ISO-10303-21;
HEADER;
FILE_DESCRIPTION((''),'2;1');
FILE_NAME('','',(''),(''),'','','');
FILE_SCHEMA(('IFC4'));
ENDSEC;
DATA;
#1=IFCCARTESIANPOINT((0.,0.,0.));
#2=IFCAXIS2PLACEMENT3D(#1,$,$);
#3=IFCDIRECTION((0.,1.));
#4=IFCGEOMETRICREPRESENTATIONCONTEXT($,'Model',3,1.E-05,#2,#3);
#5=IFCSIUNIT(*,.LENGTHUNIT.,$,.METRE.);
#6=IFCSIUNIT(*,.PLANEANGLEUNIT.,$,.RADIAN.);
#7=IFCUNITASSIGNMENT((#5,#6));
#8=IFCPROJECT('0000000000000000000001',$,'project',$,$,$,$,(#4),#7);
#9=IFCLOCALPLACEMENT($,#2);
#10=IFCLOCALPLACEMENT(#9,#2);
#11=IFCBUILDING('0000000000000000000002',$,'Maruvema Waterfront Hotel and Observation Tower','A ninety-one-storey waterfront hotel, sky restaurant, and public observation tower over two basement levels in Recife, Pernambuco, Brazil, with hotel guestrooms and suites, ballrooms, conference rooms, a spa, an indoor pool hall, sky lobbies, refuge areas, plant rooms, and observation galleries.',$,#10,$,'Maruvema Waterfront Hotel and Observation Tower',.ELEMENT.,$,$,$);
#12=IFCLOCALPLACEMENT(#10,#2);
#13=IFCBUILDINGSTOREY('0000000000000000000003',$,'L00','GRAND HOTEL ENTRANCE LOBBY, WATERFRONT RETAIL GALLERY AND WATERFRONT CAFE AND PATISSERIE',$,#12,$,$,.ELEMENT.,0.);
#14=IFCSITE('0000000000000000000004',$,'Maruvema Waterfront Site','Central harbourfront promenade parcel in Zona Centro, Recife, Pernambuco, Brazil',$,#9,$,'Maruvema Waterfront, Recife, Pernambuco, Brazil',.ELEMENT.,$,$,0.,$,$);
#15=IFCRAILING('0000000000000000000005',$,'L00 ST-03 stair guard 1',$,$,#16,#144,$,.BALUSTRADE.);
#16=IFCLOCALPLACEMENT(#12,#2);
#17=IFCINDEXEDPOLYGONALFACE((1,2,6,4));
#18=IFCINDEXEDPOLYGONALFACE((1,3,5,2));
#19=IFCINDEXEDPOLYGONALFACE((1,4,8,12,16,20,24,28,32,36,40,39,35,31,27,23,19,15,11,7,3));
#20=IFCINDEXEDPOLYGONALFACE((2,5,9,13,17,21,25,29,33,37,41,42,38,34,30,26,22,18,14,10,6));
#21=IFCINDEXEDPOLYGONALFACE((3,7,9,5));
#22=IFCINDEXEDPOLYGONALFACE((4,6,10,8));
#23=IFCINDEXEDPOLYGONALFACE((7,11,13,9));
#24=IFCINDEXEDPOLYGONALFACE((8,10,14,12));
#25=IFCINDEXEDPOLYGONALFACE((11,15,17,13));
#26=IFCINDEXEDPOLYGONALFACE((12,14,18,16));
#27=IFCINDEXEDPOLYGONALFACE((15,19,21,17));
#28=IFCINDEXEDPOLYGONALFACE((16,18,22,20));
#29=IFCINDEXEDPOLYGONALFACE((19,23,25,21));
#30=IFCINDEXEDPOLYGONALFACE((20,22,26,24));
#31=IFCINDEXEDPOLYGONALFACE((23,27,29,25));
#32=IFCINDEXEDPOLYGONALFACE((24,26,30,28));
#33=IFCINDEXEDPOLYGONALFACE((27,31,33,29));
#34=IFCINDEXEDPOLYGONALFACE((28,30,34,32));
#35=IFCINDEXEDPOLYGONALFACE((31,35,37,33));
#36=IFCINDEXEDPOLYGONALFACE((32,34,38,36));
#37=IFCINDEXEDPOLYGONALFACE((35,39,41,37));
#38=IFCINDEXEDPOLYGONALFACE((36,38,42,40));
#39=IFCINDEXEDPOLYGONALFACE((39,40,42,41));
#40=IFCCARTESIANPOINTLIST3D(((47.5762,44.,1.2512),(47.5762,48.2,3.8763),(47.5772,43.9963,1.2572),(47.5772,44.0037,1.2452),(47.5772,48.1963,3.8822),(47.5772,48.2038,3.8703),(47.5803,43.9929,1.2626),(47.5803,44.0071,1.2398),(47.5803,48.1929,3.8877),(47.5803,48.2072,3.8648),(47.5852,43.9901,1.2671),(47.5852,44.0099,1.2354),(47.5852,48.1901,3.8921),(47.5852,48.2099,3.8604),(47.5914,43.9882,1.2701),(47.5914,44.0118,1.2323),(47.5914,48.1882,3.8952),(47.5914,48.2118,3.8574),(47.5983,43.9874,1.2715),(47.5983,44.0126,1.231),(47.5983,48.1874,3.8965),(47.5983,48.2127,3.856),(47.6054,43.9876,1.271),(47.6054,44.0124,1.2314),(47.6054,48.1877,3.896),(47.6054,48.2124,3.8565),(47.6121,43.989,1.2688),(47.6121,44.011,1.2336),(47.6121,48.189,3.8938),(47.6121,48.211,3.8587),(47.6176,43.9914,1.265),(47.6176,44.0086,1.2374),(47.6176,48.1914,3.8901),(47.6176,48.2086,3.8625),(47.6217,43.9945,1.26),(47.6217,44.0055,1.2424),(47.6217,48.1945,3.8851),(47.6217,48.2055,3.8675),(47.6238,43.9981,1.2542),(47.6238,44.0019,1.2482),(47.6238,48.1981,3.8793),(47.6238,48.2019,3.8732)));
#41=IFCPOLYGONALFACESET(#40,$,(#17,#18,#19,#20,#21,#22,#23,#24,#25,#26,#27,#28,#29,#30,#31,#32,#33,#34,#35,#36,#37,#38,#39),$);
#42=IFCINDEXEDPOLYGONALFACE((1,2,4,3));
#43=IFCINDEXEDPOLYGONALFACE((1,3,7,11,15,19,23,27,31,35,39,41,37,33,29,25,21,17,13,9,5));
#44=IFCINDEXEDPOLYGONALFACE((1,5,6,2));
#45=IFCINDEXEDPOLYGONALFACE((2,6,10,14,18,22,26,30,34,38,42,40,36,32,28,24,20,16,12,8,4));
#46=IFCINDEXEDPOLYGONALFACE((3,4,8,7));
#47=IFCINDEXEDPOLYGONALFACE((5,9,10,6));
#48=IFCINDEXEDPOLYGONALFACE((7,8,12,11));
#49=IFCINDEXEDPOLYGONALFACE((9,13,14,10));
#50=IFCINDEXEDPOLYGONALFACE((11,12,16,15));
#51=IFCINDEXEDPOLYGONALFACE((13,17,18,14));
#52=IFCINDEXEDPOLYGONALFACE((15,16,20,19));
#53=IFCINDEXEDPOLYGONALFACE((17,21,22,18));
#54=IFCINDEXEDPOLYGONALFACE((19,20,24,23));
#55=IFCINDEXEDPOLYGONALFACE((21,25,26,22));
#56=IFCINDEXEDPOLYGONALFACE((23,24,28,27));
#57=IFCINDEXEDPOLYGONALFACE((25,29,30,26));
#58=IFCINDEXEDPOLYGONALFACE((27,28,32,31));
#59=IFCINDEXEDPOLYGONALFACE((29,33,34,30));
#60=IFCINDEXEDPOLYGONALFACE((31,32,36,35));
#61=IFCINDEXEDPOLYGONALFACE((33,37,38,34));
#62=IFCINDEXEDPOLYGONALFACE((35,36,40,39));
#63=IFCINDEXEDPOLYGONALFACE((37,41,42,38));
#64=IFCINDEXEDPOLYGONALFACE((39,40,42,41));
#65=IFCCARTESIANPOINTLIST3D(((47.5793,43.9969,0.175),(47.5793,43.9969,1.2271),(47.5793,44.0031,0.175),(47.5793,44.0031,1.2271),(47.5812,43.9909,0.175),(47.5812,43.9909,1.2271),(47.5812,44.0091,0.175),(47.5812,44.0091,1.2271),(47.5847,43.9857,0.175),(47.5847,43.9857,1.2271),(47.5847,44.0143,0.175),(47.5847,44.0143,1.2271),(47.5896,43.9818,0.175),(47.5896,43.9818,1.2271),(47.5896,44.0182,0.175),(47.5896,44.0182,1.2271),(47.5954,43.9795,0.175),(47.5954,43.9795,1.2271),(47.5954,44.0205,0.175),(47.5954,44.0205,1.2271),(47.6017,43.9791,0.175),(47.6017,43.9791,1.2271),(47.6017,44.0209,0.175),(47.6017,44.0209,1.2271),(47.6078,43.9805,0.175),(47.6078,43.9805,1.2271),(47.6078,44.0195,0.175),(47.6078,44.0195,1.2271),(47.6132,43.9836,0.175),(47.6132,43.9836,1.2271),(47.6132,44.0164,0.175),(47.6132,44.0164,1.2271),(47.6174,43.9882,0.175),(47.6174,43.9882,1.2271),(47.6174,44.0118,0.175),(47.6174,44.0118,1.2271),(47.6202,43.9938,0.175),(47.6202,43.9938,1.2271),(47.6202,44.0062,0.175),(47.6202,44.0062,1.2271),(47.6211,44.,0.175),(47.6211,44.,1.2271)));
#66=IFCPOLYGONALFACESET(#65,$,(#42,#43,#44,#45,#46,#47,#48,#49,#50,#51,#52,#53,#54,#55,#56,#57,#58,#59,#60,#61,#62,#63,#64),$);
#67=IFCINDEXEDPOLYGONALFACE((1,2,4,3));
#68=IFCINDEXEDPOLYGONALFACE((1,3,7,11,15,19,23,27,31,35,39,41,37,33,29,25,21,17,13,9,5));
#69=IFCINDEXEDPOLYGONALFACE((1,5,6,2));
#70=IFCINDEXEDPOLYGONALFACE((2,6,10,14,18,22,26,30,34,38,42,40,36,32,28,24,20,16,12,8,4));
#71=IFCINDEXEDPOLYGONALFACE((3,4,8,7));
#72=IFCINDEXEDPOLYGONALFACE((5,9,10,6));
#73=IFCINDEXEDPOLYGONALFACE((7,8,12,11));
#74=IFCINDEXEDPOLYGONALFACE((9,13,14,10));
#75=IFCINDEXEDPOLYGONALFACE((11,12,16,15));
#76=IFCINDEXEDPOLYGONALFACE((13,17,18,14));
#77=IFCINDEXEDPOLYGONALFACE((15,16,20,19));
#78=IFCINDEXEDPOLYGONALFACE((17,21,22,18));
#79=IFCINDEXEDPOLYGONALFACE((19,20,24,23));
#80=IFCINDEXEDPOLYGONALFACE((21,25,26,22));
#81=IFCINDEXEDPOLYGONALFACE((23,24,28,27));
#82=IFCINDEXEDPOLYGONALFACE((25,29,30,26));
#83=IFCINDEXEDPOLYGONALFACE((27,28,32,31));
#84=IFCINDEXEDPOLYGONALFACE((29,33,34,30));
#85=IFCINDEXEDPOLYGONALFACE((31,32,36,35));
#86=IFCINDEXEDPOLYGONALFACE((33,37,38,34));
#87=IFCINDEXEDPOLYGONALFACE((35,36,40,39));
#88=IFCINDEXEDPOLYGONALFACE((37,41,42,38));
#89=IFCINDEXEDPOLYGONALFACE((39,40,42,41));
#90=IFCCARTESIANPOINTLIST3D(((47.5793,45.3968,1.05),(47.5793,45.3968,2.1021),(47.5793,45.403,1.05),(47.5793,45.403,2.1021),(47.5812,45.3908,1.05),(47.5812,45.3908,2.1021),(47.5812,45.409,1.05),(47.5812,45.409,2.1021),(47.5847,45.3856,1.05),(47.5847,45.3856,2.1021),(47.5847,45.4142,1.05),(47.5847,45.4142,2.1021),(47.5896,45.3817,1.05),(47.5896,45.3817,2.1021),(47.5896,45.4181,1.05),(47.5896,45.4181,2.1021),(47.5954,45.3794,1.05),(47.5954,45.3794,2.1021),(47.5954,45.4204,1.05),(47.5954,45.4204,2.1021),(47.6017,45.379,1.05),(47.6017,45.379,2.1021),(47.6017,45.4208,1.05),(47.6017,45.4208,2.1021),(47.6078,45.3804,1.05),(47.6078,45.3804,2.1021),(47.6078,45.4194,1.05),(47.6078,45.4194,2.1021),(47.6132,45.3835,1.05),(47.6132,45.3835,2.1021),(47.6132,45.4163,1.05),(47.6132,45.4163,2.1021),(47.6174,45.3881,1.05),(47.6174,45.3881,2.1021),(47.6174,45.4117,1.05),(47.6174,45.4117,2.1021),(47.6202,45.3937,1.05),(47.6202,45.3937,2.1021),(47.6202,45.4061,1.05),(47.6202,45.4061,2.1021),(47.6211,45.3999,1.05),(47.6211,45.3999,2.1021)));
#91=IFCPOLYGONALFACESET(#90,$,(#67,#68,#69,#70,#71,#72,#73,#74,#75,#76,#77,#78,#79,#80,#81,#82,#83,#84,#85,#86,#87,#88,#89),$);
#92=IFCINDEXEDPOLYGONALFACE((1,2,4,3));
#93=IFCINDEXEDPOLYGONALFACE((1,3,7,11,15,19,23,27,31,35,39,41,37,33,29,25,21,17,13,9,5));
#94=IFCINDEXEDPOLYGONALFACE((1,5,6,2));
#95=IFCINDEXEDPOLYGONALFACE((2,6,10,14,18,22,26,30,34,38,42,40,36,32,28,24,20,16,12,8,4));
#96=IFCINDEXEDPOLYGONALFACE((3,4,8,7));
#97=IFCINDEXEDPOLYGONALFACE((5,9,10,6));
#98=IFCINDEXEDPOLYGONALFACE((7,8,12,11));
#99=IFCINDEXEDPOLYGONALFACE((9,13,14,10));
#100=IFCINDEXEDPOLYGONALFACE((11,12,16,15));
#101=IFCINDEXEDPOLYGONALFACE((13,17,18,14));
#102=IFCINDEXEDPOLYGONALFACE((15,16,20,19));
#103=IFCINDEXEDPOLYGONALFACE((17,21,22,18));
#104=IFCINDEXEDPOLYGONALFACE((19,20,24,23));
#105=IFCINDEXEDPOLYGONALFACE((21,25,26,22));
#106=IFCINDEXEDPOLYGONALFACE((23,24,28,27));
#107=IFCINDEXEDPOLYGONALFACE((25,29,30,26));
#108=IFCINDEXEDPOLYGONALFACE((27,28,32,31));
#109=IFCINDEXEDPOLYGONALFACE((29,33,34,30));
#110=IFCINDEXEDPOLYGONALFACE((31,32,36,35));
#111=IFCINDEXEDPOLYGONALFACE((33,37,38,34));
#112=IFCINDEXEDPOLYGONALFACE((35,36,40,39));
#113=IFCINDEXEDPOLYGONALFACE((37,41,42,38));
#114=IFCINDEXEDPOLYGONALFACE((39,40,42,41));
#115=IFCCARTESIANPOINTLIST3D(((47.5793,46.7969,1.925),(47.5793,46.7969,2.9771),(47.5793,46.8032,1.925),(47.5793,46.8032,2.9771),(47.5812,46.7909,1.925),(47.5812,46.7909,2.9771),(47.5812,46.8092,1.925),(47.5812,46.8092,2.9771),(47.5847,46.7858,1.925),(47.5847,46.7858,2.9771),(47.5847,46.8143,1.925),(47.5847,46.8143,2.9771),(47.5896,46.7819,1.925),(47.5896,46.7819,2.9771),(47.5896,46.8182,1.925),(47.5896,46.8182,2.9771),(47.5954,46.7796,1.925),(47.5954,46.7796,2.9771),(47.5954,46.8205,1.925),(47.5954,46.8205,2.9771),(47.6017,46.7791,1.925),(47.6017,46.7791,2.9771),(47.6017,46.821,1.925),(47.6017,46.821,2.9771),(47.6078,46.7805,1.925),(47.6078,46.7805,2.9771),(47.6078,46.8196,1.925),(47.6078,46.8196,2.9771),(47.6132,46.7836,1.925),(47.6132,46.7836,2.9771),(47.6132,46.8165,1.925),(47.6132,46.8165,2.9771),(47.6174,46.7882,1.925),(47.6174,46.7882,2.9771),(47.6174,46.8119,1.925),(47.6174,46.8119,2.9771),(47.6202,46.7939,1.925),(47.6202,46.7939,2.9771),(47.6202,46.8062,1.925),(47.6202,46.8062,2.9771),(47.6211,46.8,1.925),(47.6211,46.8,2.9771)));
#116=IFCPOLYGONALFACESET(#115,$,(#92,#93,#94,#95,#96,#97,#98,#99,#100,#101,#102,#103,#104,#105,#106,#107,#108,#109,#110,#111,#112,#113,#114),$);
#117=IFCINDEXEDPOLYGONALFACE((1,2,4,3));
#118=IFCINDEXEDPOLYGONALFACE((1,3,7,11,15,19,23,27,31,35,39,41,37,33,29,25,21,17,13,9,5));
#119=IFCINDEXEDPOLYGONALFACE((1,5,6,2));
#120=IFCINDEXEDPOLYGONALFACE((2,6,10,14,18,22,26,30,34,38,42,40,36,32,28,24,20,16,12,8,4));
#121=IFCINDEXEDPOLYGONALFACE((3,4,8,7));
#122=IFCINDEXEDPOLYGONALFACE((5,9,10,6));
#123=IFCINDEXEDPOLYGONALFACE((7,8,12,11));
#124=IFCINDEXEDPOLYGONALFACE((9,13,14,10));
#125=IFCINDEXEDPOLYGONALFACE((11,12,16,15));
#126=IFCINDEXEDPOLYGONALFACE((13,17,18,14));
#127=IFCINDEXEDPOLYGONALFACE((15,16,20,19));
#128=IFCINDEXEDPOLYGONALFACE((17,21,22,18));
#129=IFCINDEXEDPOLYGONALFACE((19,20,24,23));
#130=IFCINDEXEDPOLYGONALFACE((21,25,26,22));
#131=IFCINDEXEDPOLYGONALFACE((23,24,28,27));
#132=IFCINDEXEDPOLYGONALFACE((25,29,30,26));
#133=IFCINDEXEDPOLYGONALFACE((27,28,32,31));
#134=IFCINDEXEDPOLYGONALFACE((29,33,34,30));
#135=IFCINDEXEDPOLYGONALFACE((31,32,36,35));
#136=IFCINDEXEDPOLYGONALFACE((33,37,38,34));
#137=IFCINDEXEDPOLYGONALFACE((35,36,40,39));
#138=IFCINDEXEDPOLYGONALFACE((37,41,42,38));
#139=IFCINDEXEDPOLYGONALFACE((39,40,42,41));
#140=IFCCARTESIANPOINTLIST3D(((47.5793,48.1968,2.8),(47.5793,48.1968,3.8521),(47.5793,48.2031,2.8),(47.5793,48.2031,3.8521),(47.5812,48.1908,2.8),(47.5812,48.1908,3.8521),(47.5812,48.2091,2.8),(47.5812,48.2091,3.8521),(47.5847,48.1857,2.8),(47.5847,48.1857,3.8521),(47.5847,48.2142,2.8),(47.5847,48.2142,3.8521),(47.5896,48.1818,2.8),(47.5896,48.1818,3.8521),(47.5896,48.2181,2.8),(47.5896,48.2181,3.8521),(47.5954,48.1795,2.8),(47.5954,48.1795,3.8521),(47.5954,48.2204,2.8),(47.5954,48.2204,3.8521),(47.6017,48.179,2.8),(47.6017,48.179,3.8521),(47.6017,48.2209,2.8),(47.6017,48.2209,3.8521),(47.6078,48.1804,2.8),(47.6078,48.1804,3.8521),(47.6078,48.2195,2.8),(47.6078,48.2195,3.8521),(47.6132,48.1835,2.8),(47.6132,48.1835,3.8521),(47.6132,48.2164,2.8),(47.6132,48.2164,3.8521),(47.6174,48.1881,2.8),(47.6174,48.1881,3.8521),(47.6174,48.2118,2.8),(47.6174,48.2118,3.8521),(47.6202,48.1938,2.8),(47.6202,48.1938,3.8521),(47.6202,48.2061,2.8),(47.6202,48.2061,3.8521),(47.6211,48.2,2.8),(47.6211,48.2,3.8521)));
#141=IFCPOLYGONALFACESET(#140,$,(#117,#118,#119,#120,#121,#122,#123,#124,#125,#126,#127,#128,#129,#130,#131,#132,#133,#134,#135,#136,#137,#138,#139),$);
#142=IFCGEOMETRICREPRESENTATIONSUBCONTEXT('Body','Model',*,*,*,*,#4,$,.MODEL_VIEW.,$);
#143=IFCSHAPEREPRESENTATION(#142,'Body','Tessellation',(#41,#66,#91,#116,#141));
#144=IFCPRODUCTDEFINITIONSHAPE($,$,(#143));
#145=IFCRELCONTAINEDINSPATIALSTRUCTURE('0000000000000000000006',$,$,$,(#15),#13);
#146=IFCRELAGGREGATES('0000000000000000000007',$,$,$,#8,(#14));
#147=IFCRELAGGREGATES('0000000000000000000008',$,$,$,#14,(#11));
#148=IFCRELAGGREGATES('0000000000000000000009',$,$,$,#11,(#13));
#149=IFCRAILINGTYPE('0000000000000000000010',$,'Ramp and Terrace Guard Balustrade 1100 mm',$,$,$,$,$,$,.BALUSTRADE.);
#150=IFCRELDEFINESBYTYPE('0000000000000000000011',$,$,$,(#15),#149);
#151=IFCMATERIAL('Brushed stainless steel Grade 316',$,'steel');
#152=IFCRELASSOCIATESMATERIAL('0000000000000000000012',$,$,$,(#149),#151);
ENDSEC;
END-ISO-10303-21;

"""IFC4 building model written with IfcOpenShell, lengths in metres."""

from ifc_helpers import new_model, si_unit, direction, frame, origin, origin_2d, place, context, subcontext, project, spatial, circle, extrude, material, type_object, element, save


model = new_model("IFC4")

# Units and contexts
model_context = context("Model", 3, precision=1e-05, world=origin(), true_north=direction((0.0, 1.0)))
body_context = subcontext(model_context, "Body", "Model", "MODEL_VIEW")
ifc_project = project(units=[si_unit("LENGTHUNIT", "METRE"), si_unit("PLANEANGLEUNIT", "RADIAN")], contexts=[model_context])

# Site, building, storey
site_placement = place(None, origin())
site = spatial("IfcSite", under=ifc_project, at=site_placement, Name="Maruvema Waterfront Site", Description="Central harbourfront promenade parcel in Zona Centro, Recife, Pernambuco, Brazil", LongName="Maruvema Waterfront, Recife, Pernambuco, Brazil", CompositionType="ELEMENT", RefElevation=0.0)
building_placement = place(site_placement, origin())
building = spatial("IfcBuilding", under=site, at=building_placement, Name="Maruvema Waterfront Hotel and Observation Tower", Description="A ninety-one-storey waterfront hotel, sky restaurant, and public observation tower over two basement levels in Recife, Pernambuco, Brazil, with hotel guestrooms and suites, ballrooms, conference rooms, a spa, an indoor pool hall, sky lobbies, refuge areas, plant rooms, and observation galleries.", LongName="Maruvema Waterfront Hotel and Observation Tower", CompositionType="ELEMENT")
storey_placement = place(building_placement, origin())
storey = spatial("IfcBuildingStorey", under=building, at=storey_placement, Name="L00", Description="GRAND HOTEL ENTRANCE LOBBY, WATERFRONT RETAIL GALLERY AND WATERFRONT CAFE AND PATISSERIE", CompositionType="ELEMENT", Elevation=0.0)

# Railing
ifc_material_1 = material(Name="Brushed stainless steel Grade 316", Category="steel")
railing_type_1 = type_object("IfcRailingType", Name="Ramp and Terrace Guard Balustrade 1100 mm", PredefinedType="BALUSTRADE", material=ifc_material_1)
railing_1_placement = place(storey_placement, frame((47.6001, 44.0, 0.175)))
element("IfcRailing", 1, at=railing_1_placement, inside=storey, type_object=railing_type_1, Name="L00 ST-03 stair guard 1", PredefinedType="BALUSTRADE", context=body_context, shape_type="SweptSolid", body=[
    extrude(circle(Radius=0.0239, at=origin_2d()), frame((0.0, 0.0, 1.0762), z_axis=(0.0, 0.847996, 0.530003), x_axis=(-1.0, 0.0, 0.0)), (0.0, 0.0, 1.0), 4.9529),
    extrude(circle(Radius=0.021, at=origin_2d()), origin(), (0.0, 0.0, 1.0), 1.052),
    extrude(circle(Radius=0.021, at=origin_2d()), frame((0.0, 1.3999, 0.875)), (0.0, 0.0, 1.0), 1.052),
    extrude(circle(Radius=0.021, at=origin_2d()), frame((0.0, 2.8, 1.75)), (0.0, 0.0, 1.0), 1.052),
    extrude(circle(Radius=0.021, at=origin_2d()), frame((0.0, 4.2, 2.625)), (0.0, 0.0, 1.0), 1.052),
])

save(model, "model.ifc")
